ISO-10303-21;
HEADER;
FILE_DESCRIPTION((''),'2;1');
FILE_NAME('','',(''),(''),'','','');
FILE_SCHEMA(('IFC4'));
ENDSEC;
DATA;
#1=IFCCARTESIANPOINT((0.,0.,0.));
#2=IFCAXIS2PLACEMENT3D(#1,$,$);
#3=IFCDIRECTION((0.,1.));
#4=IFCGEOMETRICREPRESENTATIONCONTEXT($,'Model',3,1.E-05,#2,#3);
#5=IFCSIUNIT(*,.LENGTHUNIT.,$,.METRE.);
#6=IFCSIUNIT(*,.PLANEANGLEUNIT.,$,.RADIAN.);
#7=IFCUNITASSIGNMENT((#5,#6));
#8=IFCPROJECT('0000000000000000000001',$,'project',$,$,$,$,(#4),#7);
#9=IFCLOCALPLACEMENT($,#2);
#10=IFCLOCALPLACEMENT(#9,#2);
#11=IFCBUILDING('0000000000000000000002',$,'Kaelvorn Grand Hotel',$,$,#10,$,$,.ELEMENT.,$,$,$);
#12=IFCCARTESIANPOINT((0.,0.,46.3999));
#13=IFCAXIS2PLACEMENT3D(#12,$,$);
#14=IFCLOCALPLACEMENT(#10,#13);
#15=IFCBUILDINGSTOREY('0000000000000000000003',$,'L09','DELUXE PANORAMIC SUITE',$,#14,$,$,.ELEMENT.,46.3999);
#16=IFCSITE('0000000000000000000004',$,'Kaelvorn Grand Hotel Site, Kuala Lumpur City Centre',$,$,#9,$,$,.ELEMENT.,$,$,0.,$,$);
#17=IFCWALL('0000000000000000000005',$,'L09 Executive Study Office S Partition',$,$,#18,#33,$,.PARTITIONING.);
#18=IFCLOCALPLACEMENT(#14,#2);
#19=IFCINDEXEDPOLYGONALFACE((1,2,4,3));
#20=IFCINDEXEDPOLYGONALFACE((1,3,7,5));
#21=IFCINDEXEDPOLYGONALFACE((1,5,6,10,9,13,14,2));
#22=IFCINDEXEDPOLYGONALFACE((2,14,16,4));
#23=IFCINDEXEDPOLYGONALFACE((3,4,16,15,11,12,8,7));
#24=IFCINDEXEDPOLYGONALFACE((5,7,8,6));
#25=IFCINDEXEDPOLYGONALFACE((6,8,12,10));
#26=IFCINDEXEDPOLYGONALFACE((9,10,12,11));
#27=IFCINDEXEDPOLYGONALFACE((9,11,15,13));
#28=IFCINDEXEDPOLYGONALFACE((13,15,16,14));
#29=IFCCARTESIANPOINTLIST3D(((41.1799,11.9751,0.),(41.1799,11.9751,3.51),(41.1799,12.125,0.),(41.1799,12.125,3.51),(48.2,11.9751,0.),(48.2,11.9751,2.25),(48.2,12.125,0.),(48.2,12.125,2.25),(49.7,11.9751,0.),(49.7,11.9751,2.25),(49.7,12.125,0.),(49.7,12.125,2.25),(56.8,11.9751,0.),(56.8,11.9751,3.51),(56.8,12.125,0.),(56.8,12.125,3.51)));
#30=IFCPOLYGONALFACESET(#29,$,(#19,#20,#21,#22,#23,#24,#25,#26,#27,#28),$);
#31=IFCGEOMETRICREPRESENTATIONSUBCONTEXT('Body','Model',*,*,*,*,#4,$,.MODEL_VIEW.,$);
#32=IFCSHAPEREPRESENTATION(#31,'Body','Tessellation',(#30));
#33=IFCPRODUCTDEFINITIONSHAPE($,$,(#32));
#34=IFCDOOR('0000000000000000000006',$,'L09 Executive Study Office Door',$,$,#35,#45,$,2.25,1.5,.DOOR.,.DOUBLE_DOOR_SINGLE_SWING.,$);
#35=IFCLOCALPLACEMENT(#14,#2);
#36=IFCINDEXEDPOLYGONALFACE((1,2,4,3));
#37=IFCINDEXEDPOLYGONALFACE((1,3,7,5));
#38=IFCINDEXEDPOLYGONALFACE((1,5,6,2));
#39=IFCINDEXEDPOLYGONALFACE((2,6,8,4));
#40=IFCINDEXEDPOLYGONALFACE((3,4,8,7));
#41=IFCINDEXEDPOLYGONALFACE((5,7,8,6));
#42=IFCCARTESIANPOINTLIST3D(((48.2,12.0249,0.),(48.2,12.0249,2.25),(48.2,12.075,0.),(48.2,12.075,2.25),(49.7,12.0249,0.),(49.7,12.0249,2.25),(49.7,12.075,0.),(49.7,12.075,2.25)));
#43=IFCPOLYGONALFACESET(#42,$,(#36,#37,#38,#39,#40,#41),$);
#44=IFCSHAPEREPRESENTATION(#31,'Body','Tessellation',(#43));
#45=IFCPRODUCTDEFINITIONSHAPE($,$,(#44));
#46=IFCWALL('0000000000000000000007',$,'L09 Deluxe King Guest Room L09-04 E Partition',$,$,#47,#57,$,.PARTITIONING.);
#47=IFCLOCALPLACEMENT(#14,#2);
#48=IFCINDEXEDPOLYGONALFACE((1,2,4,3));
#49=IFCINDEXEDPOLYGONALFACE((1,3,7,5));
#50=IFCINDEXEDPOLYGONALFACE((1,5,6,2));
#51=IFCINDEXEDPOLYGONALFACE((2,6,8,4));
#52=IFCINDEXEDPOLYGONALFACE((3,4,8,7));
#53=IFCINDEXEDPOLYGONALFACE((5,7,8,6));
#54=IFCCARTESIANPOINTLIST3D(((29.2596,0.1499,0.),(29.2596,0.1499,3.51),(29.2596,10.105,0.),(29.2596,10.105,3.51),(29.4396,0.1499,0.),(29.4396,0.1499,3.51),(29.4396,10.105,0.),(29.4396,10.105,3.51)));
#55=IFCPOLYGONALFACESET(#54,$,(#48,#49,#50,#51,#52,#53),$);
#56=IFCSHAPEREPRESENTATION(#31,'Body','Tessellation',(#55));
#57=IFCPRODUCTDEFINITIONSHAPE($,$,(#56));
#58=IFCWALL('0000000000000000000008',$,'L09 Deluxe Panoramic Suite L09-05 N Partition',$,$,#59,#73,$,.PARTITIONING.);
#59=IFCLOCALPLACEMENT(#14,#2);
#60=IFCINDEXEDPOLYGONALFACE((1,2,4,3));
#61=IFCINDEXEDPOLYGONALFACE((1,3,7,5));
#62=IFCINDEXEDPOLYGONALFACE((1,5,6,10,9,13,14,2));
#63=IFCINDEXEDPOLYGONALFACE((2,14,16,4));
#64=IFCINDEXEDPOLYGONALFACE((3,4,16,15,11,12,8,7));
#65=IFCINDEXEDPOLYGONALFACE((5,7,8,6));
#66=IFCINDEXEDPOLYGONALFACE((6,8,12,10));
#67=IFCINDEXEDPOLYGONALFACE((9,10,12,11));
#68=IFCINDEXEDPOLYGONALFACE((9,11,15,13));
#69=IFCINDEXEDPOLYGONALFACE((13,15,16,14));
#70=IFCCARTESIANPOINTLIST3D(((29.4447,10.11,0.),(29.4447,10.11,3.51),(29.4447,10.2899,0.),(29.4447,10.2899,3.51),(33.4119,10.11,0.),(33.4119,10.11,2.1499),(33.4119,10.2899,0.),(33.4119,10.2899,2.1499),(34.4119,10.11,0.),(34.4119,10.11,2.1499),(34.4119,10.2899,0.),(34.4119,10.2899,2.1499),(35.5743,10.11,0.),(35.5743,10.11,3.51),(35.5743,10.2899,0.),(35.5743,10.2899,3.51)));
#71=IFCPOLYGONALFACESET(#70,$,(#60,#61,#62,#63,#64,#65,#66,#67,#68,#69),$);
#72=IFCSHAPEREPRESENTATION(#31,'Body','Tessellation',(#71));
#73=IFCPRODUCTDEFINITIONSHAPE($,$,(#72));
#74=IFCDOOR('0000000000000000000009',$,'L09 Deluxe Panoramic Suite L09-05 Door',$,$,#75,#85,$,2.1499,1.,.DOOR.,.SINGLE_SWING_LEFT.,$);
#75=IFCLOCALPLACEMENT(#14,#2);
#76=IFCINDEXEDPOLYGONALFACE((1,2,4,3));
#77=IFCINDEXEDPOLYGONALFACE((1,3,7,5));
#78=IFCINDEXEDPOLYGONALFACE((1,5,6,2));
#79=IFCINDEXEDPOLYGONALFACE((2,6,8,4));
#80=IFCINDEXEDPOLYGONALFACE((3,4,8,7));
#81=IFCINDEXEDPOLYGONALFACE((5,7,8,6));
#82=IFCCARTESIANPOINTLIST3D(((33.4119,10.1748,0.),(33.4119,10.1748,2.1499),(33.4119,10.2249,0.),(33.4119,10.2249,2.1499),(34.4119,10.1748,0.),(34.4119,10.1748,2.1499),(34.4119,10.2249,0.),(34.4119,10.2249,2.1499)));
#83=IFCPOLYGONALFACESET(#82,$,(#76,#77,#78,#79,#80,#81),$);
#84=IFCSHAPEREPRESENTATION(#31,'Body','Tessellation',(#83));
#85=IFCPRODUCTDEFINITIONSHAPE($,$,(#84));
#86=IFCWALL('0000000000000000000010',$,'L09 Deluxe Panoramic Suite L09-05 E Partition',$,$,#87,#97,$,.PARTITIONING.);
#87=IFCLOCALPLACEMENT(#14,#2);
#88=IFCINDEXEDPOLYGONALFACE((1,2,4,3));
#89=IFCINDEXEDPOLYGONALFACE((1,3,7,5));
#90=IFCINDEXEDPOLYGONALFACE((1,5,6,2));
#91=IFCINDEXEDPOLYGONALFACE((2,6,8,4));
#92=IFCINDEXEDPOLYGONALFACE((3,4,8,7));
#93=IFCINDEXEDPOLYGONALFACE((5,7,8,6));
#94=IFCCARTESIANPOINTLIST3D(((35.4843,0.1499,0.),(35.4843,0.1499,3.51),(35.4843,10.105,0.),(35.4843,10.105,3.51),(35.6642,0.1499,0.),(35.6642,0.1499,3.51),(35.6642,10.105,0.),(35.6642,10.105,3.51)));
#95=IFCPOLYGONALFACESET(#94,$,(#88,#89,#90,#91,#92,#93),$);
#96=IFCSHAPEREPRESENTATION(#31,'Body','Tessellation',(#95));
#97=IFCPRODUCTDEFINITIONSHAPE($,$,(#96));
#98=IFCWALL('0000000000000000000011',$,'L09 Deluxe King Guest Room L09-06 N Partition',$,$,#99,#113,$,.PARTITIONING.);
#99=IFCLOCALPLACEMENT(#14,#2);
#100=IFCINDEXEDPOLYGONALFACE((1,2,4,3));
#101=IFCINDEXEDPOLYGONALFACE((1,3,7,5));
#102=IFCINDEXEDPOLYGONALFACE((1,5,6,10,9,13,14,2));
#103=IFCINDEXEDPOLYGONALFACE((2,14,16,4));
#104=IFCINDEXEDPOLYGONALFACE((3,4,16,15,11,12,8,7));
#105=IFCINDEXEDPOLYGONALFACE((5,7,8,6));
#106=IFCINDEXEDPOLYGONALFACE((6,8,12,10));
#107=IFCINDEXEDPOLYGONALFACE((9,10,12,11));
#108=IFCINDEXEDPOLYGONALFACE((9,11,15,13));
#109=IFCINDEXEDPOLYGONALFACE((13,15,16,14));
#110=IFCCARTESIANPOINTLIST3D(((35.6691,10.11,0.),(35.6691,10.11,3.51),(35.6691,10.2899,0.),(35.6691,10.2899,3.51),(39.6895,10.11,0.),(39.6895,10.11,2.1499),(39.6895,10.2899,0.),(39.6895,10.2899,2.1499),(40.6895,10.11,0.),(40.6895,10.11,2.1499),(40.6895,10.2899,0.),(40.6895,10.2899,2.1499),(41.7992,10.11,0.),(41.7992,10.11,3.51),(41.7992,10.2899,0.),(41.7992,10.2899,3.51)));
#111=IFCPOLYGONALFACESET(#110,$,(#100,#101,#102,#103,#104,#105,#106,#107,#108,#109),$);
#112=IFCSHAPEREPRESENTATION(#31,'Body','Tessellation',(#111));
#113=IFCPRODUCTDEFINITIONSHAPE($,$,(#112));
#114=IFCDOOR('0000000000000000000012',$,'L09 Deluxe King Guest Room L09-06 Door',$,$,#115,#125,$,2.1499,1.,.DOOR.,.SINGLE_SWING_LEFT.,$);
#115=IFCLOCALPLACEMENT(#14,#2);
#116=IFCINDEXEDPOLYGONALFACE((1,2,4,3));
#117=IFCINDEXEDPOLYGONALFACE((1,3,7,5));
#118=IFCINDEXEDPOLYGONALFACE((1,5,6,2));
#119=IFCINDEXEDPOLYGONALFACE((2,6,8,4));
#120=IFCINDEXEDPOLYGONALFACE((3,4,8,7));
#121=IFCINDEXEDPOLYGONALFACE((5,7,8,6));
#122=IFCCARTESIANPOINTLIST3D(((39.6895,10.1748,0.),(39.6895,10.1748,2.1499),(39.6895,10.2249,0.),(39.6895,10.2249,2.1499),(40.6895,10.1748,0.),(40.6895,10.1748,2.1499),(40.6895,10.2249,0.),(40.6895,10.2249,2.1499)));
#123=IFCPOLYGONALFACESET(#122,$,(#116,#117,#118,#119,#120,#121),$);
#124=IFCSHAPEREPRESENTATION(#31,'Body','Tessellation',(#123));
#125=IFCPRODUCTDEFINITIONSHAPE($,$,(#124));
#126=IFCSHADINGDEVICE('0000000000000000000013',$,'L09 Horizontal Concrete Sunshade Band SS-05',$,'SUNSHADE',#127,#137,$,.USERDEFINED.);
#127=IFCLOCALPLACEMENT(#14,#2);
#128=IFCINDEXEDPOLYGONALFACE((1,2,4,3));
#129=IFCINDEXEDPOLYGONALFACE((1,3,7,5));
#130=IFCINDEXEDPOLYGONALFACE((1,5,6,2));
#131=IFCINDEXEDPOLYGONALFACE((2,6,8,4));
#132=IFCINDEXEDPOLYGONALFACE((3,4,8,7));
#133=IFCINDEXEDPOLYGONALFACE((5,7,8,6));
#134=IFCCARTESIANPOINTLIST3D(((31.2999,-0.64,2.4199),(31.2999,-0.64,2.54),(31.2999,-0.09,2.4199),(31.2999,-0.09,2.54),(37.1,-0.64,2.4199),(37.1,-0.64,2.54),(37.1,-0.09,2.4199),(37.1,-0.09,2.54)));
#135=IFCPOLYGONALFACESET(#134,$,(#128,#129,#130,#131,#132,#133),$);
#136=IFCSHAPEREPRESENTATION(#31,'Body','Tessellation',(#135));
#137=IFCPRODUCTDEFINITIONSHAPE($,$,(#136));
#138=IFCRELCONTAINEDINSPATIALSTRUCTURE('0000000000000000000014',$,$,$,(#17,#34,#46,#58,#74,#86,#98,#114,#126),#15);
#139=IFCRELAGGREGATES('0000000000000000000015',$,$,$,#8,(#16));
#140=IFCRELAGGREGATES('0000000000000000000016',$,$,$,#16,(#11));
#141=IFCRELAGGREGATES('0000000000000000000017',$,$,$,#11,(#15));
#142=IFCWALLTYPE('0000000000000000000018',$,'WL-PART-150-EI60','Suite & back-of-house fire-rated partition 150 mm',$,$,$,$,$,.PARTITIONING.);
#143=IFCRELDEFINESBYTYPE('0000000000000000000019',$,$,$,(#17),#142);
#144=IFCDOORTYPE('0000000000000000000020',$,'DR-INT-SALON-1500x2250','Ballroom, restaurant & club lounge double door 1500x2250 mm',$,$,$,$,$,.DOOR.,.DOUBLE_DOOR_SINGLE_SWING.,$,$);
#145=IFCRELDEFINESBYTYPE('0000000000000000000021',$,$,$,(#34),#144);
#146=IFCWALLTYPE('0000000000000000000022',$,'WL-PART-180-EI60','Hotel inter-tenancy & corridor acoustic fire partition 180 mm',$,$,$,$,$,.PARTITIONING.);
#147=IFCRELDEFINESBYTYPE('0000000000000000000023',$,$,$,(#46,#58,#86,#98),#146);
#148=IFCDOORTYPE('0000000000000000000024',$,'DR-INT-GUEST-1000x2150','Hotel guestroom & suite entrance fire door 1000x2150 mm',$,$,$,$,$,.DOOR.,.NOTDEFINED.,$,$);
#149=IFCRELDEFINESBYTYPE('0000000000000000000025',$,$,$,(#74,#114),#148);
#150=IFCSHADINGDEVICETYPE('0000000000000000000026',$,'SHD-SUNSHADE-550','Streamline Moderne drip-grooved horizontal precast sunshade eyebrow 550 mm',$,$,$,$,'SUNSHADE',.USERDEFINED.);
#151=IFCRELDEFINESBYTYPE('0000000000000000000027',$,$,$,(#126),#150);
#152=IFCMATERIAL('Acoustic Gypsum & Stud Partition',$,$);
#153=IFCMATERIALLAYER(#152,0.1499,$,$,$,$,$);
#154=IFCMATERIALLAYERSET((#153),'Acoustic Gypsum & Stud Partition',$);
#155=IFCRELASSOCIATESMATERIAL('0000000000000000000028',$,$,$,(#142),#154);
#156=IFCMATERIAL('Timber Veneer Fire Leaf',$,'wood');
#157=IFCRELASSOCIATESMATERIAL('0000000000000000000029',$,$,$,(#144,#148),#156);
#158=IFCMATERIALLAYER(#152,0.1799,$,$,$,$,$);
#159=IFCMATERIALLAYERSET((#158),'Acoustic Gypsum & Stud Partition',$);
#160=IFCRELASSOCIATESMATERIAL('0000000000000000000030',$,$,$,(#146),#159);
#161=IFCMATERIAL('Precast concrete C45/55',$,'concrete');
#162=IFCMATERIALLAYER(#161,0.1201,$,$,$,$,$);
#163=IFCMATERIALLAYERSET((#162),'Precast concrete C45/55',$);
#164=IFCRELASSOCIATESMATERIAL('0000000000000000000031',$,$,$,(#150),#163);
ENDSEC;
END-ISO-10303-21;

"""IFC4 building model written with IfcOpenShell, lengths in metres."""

from ifc_helpers import new_model, si_unit, direction, frame, frame_2d, origin, origin_2d, place, context, subcontext, project, spatial, rectangle, extrude, material, layer, layer_set, type_object, element, fill, save


model = new_model("IFC4")

# Units and contexts
model_context = context("Model", 3, precision=1e-05, world=origin(), true_north=direction((0.0, 1.0)))
body_context = subcontext(model_context, "Body", "Model", "MODEL_VIEW")
ifc_project = project(units=[si_unit("LENGTHUNIT", "METRE"), si_unit("PLANEANGLEUNIT", "RADIAN")], contexts=[model_context])

# Site, building, storey
site_placement = place(None, origin())
site = spatial("IfcSite", under=ifc_project, at=site_placement, Name="Kaelvorn Grand Hotel Site, Kuala Lumpur City Centre", CompositionType="ELEMENT", RefElevation=0.0)
building_placement = place(site_placement, origin())
building = spatial("IfcBuilding", under=site, at=building_placement, Name="Kaelvorn Grand Hotel", CompositionType="ELEMENT")
storey_placement = place(building_placement, frame((0.0, 0.0, 46.3999)))
storey = spatial("IfcBuildingStorey", under=building, at=storey_placement, Name="L09", Description="DELUXE PANORAMIC SUITE", CompositionType="ELEMENT", Elevation=46.3999)

# Shared definitions
ifc_material_1 = material(Name="Acoustic Gypsum & Stud Partition")
ifc_layer_1 = layer(ifc_material_1, 0.1499)
ifc_layer_set_1 = layer_set([ifc_layer_1], Name="Acoustic Gypsum & Stud Partition")
wall_type_1 = type_object("IfcWallType", Name="WL-PART-150-EI60", Description="Suite & back-of-house fire-rated partition 150 mm", PredefinedType="PARTITIONING", material=ifc_layer_set_1)

# Wall, opening, door
wall_1_placement = place(storey_placement, frame((41.1799, 12.05, 0.0), z_axis=(0.0, 0.0, 1.0), x_axis=(1.0, 0.0, 0.0)))
wall_1 = element("IfcWall", 1, at=wall_1_placement, inside=storey, type_object=wall_type_1, Name="L09 Executive Study Office S Partition", PredefinedType="PARTITIONING", context=body_context, shape_type="SweptSolid", body=[
    extrude(rectangle(XDim=15.6201, YDim=0.1499, at=frame_2d((7.8101, 0.0))), origin(), (0.0, 0.0, 1.0), 3.51),
])
opening_1_placement = place(wall_1_placement, frame((7.02, 0.0, 0.0)))
opening_1 = element("IfcOpeningElement", 2, at=opening_1_placement, cuts=wall_1, PredefinedType="OPENING", context=body_context, shape_type="SweptSolid", body=[
    extrude(rectangle(XDim=1.5, YDim=2.25, at=frame_2d((0.75, 1.125))), frame((0.0, 0.085, 0.0), z_axis=(0.0, -1.0, 0.0), x_axis=(1.0, 0.0, 0.0)), (0.0, 0.0, 1.0), 0.1699),
])
ifc_material_2 = material(Name="Timber Veneer Fire Leaf", Category="wood")
door_type_1 = type_object("IfcDoorType", Name="DR-INT-SALON-1500x2250", Description="Ballroom, restaurant & club lounge double door 1500x2250 mm", OperationType="DOUBLE_DOOR_SINGLE_SWING", PredefinedType="DOOR", material=ifc_material_2)
door_1_placement = place(opening_1_placement, origin())
door_1 = element("IfcDoor", 3, at=door_1_placement, inside=storey, type_object=door_type_1, Name="L09 Executive Study Office Door", OperationType="DOUBLE_DOOR_SINGLE_SWING", OverallHeight=2.25, OverallWidth=1.5, PredefinedType="DOOR", context=body_context, shape_type="SweptSolid", body=[
    extrude(rectangle(XDim=1.5, YDim=2.25, at=frame_2d((0.75, 1.125))), frame((0.0, 0.0249, 0.0), z_axis=(0.0, -1.0, 0.0), x_axis=(1.0, 0.0, 0.0)), (0.0, 0.0, 1.0), 0.05),
])
fill(opening_1, door_1)

# Wall
ifc_layer_2 = layer(ifc_material_1, 0.1799)
ifc_layer_set_2 = layer_set([ifc_layer_2], Name="Acoustic Gypsum & Stud Partition")
wall_type_2 = type_object("IfcWallType", Name="WL-PART-180-EI60", Description="Hotel inter-tenancy & corridor acoustic fire partition 180 mm", PredefinedType="PARTITIONING", material=ifc_layer_set_2)
wall_2_placement = place(storey_placement, frame((29.3496, 0.1499, 0.0), z_axis=(0.0, 0.0, 1.0), x_axis=(0.0, 1.0, 0.0)))
element("IfcWall", 4, at=wall_2_placement, inside=storey, type_object=wall_type_2, Name="L09 Deluxe King Guest Room L09-04 E Partition", PredefinedType="PARTITIONING", context=body_context, shape_type="SweptSolid", body=[
    extrude(rectangle(XDim=9.9551, YDim=0.1799, at=frame_2d((4.9775, 0.0))), origin(), (0.0, 0.0, 1.0), 3.51),
])

# Wall, opening, door
wall_3_placement = place(storey_placement, frame((29.4446, 10.2, 0.0), z_axis=(0.0, 0.0, 1.0), x_axis=(1.0, 0.0, 0.0)))
wall_3 = element("IfcWall", 5, at=wall_3_placement, inside=storey, type_object=wall_type_2, Name="L09 Deluxe Panoramic Suite L09-05 N Partition", PredefinedType="PARTITIONING", context=body_context, shape_type="SweptSolid", body=[
    extrude(rectangle(XDim=6.1296, YDim=0.1799, at=frame_2d((3.0649, 0.0))), origin(), (0.0, 0.0, 1.0), 3.51),
])
opening_2_placement = place(wall_3_placement, frame((3.9673, 0.0, 0.0)))
opening_2 = element("IfcOpeningElement", 6, at=opening_2_placement, cuts=wall_3, PredefinedType="OPENING", context=body_context, shape_type="SweptSolid", body=[
    extrude(rectangle(XDim=1.0, YDim=2.1499, at=frame_2d((0.5, 1.075))), frame((0.0, 0.1001, 0.0), z_axis=(0.0, -1.0, 0.0), x_axis=(1.0, 0.0, 0.0)), (0.0, 0.0, 1.0), 0.2),
])
door_type_2 = type_object("IfcDoorType", Name="DR-INT-GUEST-1000x2150", Description="Hotel guestroom & suite entrance fire door 1000x2150 mm", OperationType="NOTDEFINED", PredefinedType="DOOR", material=ifc_material_2)
door_2_placement = place(opening_2_placement, origin())
door_2 = element("IfcDoor", 7, at=door_2_placement, inside=storey, type_object=door_type_2, Name="L09 Deluxe Panoramic Suite L09-05 Door", OperationType="SINGLE_SWING_LEFT", OverallHeight=2.1499, OverallWidth=1.0, PredefinedType="DOOR", context=body_context, shape_type="SweptSolid", body=[
    extrude(rectangle(XDim=1.0, YDim=2.1499, at=frame_2d((0.5, 1.075))), frame((0.0, 0.0249, 0.0), z_axis=(0.0, -1.0, 0.0), x_axis=(1.0, 0.0, 0.0)), (0.0, 0.0, 1.0), 0.05),
])
fill(opening_2, door_2)

# Wall
wall_4_placement = place(storey_placement, frame((35.5742, 0.1499, 0.0), z_axis=(0.0, 0.0, 1.0), x_axis=(0.0, 1.0, 0.0)))
element("IfcWall", 8, at=wall_4_placement, inside=storey, type_object=wall_type_2, Name="L09 Deluxe Panoramic Suite L09-05 E Partition", PredefinedType="PARTITIONING", context=body_context, shape_type="SweptSolid", body=[
    extrude(rectangle(XDim=9.9551, YDim=0.1799, at=frame_2d((4.9775, 0.0))), origin(), (0.0, 0.0, 1.0), 3.51),
])

# Wall, opening, door
wall_5_placement = place(storey_placement, frame((35.6692, 10.2, 0.0), z_axis=(0.0, 0.0, 1.0), x_axis=(1.0, 0.0, 0.0)))
wall_5 = element("IfcWall", 9, at=wall_5_placement, inside=storey, type_object=wall_type_2, Name="L09 Deluxe King Guest Room L09-06 N Partition", PredefinedType="PARTITIONING", context=body_context, shape_type="SweptSolid", body=[
    extrude(rectangle(XDim=6.1301, YDim=0.1799, at=frame_2d((3.0649, 0.0))), origin(), (0.0, 0.0, 1.0), 3.51),
])
opening_3_placement = place(wall_5_placement, frame((4.0203, 0.0, 0.0)))
opening_3 = element("IfcOpeningElement", 10, at=opening_3_placement, cuts=wall_5, PredefinedType="OPENING", context=body_context, shape_type="SweptSolid", body=[
    extrude(rectangle(XDim=1.0, YDim=2.1499, at=frame_2d((0.5, 1.075))), frame((0.0, 0.1001, 0.0), z_axis=(0.0, -1.0, 0.0), x_axis=(1.0, 0.0, 0.0)), (0.0, 0.0, 1.0), 0.2),
])
door_3_placement = place(opening_3_placement, origin())
door_3 = element("IfcDoor", 11, at=door_3_placement, inside=storey, type_object=door_type_2, Name="L09 Deluxe King Guest Room L09-06 Door", OperationType="SINGLE_SWING_LEFT", OverallHeight=2.1499, OverallWidth=1.0, PredefinedType="DOOR", context=body_context, shape_type="SweptSolid", body=[
    extrude(rectangle(XDim=1.0, YDim=2.1499, at=frame_2d((0.5, 1.075))), frame((0.0, 0.0249, 0.0), z_axis=(0.0, -1.0, 0.0), x_axis=(1.0, 0.0, 0.0)), (0.0, 0.0, 1.0), 0.05),
])
fill(opening_3, door_3)

# Shading device
ifc_material_3 = material(Name="Precast concrete C45/55", Category="concrete")
ifc_layer_3 = layer(ifc_material_3, 0.1201)
ifc_layer_set_3 = layer_set([ifc_layer_3], Name="Precast concrete C45/55")
shading_device_type = type_object("IfcShadingDeviceType", Name="SHD-SUNSHADE-550", Description="Streamline Moderne drip-grooved horizontal precast sunshade eyebrow 550 mm", ElementType="SUNSHADE", PredefinedType="USERDEFINED", material=ifc_layer_set_3)
shading_device_placement = place(storey_placement, frame((34.2, -0.365, 2.4199), z_axis=(0.0, 0.0, 1.0), x_axis=(1.0, 0.0, 0.0)))
element("IfcShadingDevice", 12, at=shading_device_placement, inside=storey, type_object=shading_device_type, Name="L09 Horizontal Concrete Sunshade Band SS-05", ObjectType="SUNSHADE", PredefinedType="USERDEFINED", context=body_context, shape_type="SweptSolid", body=[
    extrude(rectangle(XDim=5.8, YDim=0.55, at=origin_2d()), origin(), (0.0, 0.0, 1.0), 0.1201),
])

save(model, "model.ifc")
